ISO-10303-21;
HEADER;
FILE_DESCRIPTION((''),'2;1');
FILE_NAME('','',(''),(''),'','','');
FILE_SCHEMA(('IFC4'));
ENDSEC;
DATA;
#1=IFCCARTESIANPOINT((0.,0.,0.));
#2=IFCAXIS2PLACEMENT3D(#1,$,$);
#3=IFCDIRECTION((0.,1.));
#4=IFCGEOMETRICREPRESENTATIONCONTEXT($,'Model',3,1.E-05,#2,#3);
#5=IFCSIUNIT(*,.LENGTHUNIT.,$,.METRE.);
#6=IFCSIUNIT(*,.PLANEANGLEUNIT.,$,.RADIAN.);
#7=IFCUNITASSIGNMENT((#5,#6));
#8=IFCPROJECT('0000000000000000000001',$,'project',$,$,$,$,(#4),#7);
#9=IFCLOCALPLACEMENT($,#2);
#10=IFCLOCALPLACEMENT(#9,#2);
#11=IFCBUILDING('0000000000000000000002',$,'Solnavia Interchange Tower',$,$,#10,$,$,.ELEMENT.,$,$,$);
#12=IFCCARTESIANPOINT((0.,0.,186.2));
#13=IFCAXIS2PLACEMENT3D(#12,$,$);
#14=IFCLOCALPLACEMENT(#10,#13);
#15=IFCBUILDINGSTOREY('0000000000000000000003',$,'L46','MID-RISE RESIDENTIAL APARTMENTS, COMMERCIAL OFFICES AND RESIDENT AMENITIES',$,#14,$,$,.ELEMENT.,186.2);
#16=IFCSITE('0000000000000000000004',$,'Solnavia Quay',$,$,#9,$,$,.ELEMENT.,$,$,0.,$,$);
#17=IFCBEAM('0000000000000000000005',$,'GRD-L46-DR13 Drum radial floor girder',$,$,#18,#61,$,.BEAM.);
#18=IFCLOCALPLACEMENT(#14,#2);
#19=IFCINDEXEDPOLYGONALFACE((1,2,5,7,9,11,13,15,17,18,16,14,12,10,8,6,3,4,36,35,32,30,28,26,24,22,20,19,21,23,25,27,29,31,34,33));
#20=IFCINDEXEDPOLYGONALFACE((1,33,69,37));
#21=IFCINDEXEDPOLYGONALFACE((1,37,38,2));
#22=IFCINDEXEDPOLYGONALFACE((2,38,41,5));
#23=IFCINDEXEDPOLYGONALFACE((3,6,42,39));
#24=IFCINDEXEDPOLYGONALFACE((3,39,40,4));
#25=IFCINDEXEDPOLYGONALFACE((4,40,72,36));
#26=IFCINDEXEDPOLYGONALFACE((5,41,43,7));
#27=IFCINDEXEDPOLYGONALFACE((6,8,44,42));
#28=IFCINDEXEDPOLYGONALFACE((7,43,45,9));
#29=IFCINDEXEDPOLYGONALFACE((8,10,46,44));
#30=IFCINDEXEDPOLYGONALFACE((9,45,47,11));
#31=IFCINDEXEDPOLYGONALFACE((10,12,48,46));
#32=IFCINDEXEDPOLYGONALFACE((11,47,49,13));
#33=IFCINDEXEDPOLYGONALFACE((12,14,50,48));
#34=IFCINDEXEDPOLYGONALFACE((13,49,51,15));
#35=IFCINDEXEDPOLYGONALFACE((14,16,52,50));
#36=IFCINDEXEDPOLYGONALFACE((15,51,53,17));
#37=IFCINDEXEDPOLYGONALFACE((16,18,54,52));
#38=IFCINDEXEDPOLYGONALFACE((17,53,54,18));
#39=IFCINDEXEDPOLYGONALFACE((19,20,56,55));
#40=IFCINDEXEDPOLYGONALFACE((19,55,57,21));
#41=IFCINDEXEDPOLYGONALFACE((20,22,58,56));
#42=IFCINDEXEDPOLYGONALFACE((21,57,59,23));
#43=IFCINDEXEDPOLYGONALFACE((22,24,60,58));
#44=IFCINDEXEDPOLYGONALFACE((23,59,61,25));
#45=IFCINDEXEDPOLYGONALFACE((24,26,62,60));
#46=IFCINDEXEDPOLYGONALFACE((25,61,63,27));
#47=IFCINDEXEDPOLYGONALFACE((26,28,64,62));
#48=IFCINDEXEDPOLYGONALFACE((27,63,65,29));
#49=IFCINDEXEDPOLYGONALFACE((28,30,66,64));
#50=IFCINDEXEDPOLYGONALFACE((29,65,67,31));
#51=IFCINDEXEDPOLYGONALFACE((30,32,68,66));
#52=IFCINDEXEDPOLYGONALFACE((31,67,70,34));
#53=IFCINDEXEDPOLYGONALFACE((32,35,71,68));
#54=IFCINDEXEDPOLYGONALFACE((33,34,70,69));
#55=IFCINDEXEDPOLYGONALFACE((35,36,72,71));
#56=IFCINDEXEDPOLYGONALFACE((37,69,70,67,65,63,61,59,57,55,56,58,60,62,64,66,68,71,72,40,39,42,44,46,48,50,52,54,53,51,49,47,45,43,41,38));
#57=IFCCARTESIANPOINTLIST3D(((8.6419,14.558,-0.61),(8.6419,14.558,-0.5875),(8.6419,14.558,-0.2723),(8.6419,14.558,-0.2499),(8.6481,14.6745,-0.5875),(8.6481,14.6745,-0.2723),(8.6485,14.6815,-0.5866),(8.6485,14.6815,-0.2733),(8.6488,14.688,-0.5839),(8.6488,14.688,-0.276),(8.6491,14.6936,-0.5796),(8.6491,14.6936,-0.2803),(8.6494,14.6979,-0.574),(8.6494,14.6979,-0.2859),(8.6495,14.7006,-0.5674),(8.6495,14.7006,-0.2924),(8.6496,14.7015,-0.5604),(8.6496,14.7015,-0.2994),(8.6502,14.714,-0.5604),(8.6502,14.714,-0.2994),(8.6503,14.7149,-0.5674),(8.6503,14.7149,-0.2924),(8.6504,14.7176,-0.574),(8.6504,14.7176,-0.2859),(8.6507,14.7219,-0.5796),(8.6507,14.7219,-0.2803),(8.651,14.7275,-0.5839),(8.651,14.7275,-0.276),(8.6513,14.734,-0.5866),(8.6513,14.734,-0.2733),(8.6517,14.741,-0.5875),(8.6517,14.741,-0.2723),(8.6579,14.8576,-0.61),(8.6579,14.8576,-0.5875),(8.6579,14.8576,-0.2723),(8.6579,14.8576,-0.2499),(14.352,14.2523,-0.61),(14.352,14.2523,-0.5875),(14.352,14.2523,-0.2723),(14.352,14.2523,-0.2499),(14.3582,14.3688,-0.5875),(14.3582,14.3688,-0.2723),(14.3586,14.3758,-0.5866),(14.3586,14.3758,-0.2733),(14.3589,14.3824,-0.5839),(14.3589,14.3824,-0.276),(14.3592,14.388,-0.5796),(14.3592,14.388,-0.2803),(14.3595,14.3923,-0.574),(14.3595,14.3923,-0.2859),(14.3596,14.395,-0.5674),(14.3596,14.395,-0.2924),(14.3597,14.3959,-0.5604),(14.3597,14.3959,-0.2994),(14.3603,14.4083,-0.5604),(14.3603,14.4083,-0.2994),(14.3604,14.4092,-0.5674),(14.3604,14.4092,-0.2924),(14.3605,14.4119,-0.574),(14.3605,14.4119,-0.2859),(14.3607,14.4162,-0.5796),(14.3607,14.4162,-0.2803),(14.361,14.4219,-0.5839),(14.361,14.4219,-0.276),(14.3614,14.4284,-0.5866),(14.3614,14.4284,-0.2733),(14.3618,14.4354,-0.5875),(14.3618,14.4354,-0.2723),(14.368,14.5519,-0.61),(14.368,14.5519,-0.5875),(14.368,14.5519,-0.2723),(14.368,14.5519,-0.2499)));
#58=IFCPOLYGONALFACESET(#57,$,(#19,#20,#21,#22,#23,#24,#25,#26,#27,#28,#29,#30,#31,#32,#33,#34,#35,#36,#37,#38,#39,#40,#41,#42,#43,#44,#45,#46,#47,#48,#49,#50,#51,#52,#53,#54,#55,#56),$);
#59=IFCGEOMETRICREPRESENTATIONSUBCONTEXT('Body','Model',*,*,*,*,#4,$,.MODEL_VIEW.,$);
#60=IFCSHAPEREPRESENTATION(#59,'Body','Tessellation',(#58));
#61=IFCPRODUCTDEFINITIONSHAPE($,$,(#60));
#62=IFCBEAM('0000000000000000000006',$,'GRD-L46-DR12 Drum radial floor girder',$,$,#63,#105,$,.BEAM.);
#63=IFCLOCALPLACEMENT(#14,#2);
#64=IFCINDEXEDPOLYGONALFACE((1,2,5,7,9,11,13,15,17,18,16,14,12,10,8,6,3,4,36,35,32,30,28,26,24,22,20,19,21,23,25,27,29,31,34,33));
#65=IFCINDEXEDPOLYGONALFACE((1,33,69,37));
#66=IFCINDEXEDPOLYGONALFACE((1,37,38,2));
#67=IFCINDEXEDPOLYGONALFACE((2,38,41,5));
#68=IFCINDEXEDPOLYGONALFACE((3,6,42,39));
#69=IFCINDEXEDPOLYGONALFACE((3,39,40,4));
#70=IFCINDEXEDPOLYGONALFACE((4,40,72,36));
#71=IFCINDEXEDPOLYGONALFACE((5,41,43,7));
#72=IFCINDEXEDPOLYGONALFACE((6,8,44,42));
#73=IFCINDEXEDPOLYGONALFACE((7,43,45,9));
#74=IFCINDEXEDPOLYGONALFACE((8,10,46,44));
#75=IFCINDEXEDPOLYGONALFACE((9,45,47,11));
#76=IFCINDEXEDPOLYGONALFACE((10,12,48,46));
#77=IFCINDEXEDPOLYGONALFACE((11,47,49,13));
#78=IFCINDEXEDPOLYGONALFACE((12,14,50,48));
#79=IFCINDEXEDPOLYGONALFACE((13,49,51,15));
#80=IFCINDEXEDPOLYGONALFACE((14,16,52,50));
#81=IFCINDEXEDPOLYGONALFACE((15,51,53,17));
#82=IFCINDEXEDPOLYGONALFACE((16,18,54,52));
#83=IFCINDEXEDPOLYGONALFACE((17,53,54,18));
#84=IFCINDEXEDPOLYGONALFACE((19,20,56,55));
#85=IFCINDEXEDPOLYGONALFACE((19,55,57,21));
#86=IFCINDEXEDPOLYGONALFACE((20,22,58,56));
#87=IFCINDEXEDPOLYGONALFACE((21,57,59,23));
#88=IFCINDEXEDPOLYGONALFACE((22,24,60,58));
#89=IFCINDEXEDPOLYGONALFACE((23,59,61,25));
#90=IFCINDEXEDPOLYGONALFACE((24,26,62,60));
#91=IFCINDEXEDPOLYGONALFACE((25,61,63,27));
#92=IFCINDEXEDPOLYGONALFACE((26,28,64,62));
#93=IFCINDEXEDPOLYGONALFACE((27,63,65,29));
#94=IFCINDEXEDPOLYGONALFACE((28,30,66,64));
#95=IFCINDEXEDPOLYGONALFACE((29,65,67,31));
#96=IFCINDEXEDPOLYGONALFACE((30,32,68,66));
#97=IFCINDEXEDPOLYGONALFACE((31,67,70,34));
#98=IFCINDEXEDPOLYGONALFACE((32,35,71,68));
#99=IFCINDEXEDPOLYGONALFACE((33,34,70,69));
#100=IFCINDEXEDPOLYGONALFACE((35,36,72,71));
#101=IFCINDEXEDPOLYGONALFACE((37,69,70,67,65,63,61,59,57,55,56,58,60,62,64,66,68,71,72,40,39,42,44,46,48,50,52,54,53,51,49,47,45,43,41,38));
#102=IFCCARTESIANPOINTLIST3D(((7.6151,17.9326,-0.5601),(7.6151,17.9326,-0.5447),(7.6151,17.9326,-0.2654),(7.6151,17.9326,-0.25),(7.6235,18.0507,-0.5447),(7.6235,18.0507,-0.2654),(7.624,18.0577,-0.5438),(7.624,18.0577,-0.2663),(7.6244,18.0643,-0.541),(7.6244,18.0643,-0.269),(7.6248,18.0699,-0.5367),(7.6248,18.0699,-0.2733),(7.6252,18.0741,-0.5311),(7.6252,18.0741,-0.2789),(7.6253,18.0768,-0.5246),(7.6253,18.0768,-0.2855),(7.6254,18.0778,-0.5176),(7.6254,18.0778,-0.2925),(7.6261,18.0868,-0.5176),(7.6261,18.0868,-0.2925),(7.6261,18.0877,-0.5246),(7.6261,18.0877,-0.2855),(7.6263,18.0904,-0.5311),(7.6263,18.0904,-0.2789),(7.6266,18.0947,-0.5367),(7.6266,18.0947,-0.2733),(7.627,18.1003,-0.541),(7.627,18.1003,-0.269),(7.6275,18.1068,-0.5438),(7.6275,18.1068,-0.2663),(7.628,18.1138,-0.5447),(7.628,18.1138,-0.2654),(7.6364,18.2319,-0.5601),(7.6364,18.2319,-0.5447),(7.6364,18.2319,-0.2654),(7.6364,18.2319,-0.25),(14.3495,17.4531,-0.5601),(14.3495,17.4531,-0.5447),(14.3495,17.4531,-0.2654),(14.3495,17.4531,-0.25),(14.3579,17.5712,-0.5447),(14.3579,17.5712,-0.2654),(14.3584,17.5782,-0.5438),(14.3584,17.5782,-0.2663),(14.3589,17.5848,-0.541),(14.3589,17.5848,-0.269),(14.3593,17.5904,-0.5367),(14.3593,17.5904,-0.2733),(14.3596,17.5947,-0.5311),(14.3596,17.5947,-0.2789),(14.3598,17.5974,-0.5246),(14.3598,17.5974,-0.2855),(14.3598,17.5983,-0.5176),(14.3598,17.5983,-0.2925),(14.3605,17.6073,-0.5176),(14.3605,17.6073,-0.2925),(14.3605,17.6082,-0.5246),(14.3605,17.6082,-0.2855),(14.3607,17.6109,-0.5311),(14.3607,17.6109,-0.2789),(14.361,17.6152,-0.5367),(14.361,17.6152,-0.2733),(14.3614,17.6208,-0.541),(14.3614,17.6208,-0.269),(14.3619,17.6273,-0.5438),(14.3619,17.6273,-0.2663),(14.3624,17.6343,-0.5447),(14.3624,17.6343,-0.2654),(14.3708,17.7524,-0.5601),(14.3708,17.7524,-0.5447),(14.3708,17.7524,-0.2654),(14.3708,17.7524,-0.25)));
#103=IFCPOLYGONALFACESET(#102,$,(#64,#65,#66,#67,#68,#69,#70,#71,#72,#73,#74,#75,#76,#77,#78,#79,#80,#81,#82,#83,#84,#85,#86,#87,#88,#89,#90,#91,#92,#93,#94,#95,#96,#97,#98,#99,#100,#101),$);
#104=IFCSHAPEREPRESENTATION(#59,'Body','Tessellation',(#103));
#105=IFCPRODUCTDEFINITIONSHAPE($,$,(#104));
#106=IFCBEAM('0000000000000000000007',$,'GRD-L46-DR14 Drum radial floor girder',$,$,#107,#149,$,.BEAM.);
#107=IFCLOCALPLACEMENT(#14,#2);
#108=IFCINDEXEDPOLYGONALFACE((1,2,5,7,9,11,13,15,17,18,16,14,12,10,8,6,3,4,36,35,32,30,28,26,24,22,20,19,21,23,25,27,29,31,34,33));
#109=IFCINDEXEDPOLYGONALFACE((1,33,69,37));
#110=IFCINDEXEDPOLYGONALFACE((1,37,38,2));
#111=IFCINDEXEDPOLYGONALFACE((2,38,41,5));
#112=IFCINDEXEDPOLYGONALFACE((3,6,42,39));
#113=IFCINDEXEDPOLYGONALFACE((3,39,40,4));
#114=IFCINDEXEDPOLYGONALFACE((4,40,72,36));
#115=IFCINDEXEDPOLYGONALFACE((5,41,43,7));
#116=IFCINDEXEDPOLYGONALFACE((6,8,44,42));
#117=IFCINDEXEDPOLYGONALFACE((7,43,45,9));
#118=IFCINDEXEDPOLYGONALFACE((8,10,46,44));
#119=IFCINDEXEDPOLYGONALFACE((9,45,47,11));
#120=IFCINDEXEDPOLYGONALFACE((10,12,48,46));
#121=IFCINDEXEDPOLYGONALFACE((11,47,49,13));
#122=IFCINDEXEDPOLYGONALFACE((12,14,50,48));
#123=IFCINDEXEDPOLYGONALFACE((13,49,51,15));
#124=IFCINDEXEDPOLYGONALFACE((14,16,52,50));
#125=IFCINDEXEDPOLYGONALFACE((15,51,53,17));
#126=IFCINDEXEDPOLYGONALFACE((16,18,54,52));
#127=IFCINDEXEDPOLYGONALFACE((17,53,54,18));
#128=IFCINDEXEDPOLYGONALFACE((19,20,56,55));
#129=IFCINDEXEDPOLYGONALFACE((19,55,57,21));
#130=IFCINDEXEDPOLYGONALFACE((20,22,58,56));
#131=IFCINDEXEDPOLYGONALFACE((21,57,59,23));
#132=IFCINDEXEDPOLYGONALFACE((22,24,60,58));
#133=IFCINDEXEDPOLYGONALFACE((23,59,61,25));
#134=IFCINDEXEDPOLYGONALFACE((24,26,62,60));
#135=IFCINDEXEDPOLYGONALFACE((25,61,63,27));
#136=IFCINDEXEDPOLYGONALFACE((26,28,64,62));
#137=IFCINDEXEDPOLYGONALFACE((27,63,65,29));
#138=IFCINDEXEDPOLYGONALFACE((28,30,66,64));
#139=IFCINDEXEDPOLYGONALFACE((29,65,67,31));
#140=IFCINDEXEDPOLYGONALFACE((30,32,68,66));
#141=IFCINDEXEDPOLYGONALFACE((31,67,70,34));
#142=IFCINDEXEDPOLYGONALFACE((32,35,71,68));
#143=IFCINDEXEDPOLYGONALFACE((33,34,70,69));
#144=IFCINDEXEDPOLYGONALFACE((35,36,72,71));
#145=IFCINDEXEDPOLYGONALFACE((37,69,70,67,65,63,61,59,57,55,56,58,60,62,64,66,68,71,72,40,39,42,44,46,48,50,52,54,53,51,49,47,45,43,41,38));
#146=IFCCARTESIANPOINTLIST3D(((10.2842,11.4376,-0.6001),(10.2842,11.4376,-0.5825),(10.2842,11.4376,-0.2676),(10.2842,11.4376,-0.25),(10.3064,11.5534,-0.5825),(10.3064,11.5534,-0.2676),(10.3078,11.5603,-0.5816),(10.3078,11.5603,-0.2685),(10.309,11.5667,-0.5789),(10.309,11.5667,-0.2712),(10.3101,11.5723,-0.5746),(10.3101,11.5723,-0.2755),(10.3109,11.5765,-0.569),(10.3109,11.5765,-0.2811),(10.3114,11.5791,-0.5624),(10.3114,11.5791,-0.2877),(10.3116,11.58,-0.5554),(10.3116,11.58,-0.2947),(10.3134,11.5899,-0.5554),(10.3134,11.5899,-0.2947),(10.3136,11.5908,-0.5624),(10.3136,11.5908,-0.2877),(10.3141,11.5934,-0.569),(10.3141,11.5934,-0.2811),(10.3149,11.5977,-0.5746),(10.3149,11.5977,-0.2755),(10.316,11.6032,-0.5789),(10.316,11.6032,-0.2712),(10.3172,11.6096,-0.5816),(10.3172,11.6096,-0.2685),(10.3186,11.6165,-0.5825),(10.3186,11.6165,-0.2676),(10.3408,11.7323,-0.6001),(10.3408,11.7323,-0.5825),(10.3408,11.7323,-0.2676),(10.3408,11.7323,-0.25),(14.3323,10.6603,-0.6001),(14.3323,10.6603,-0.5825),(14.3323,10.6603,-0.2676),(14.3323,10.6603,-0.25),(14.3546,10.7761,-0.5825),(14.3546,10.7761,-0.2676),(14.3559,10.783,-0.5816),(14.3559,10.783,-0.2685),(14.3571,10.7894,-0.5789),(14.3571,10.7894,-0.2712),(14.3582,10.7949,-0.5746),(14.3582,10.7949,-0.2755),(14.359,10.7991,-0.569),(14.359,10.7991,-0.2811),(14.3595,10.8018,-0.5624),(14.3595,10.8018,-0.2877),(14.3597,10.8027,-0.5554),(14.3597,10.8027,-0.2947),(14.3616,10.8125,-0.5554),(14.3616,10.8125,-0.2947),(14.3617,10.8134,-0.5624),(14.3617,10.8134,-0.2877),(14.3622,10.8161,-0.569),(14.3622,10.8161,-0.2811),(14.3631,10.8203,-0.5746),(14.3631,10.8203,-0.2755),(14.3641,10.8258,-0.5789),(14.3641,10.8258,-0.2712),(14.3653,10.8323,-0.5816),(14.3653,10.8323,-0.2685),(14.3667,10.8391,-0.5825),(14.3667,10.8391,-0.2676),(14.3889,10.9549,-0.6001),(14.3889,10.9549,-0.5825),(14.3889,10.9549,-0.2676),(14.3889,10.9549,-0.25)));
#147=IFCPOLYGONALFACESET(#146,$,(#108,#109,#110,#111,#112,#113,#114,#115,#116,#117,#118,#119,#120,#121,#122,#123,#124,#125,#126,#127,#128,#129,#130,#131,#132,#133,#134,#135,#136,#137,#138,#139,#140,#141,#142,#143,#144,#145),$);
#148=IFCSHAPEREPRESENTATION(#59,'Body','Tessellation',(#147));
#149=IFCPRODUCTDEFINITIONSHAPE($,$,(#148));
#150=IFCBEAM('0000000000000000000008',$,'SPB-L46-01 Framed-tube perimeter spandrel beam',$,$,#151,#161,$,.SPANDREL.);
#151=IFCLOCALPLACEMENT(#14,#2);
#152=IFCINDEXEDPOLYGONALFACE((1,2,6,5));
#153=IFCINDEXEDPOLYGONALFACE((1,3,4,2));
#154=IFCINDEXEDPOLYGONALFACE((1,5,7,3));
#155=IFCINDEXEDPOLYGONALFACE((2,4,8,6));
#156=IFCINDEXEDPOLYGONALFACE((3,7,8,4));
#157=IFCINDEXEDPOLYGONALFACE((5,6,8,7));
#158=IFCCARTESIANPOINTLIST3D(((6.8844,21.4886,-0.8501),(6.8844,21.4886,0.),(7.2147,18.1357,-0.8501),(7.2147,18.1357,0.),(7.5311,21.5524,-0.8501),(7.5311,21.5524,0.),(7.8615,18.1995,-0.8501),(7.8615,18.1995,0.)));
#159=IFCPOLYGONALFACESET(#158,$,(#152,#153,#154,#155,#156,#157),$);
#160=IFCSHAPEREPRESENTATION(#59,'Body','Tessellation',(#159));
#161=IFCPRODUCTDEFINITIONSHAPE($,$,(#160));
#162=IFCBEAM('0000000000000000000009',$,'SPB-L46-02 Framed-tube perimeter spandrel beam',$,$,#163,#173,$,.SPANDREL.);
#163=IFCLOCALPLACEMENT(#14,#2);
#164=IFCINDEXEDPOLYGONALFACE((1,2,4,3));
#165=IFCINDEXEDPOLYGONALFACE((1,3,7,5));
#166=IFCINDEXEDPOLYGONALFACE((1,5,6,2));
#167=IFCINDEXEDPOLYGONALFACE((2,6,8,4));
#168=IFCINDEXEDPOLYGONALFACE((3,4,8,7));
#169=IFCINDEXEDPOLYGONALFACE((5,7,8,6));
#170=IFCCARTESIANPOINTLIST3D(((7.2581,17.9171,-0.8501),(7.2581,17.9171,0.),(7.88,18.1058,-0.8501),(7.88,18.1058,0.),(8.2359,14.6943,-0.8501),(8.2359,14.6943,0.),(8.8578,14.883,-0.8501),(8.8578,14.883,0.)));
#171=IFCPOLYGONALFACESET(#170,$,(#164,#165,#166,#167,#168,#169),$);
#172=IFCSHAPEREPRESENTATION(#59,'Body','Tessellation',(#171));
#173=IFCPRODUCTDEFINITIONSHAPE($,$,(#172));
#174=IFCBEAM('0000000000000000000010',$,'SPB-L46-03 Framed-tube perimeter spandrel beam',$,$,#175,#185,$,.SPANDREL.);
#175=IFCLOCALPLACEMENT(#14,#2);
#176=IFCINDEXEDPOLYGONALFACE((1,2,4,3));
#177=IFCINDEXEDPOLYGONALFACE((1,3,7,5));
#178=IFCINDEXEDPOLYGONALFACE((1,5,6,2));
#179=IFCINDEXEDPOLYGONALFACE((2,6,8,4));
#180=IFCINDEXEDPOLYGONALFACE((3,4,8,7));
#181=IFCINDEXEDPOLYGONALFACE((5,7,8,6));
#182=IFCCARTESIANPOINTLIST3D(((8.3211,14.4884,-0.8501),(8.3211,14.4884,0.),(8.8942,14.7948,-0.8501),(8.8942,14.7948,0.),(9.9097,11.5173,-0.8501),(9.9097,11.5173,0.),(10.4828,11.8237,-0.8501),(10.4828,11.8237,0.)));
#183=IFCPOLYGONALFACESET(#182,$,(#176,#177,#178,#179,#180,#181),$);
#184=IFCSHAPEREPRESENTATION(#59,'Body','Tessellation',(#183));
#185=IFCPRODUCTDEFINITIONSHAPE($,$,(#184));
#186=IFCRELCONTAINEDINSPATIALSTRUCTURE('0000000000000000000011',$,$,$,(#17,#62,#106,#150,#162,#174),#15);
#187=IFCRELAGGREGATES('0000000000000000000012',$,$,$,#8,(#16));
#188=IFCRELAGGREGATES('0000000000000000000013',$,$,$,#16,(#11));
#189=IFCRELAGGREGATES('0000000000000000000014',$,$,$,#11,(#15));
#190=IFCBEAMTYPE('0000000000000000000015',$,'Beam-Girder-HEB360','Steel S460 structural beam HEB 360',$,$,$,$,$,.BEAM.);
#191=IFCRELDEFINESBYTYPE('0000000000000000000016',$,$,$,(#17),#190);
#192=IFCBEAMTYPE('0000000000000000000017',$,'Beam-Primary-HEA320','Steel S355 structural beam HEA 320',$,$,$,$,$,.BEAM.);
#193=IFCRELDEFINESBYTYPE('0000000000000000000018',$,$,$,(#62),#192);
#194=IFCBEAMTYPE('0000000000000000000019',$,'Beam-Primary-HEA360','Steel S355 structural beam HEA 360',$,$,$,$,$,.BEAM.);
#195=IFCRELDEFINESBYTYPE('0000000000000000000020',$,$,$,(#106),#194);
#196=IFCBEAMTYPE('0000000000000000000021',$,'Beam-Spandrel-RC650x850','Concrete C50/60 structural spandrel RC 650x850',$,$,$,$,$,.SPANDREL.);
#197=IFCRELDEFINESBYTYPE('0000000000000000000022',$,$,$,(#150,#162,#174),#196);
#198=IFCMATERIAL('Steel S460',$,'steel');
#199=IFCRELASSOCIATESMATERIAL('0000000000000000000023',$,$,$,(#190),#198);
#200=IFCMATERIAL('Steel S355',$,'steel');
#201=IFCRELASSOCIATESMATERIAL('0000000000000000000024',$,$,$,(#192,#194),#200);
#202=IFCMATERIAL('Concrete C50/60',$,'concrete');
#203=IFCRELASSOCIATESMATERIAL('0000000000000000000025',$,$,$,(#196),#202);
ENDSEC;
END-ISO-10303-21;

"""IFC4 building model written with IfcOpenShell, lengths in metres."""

from ifc_helpers import new_model, si_unit, direction, frame, origin, origin_2d, place, context, subcontext, project, spatial, rectangle, i_section, extrude, material, material_profile, profile_set, type_object, element, save


model = new_model("IFC4")

# Units and contexts
model_context = context("Model", 3, precision=1e-05, world=origin(), true_north=direction((0.0, 1.0)))
body_context = subcontext(model_context, "Body", "Model", "MODEL_VIEW")
ifc_project = project(units=[si_unit("LENGTHUNIT", "METRE"), si_unit("PLANEANGLEUNIT", "RADIAN")], contexts=[model_context])

# Site, building, storey
site_placement = place(None, origin())
site = spatial("IfcSite", under=ifc_project, at=site_placement, Name="Solnavia Quay", CompositionType="ELEMENT", RefElevation=0.0)
building_placement = place(site_placement, origin())
building = spatial("IfcBuilding", under=site, at=building_placement, Name="Solnavia Interchange Tower", CompositionType="ELEMENT")
storey_placement = place(building_placement, frame((0.0, 0.0, 186.2)))
storey = spatial("IfcBuildingStorey", under=building, at=storey_placement, Name="L46", Description="MID-RISE RESIDENTIAL APARTMENTS, COMMERCIAL OFFICES AND RESIDENT AMENITIES", CompositionType="ELEMENT", Elevation=186.2)

# Shared definitions
ifc_material_1 = material(Name="Concrete C50/60", Category="concrete")

# Beams
ifc_material_2 = material(Name="Steel S460", Category="steel")
ifc_material_profile_1 = material_profile(ifc_material_2, i_section(OverallWidth=0.3, OverallDepth=0.3601, WebThickness=0.0125, FlangeThickness=0.0225, FilletRadius=0.0271, at=origin_2d()), Name="HEB 360")
ifc_profile_set_1 = profile_set([ifc_material_profile_1], Name="Steel S460")
beam_type_1 = type_object("IfcBeamType", Name="Beam-Girder-HEB360", Description="Steel S460 structural beam HEB 360", PredefinedType="BEAM", material=ifc_profile_set_1)
beam_1_placement = place(storey_placement, frame((8.6499, 14.7078, -0.4299), z_axis=(0.99857, -0.053453, 0.0), x_axis=(0.053453, 0.99857, 0.0)))
element("IfcBeam", 1, at=beam_1_placement, inside=storey, type_object=beam_type_1, Name="GRD-L46-DR13 Drum radial floor girder", PredefinedType="BEAM", context=body_context, shape_type="SweptSolid", body=[
    extrude(i_section(OverallWidth=0.3, OverallDepth=0.3601, WebThickness=0.0125, FlangeThickness=0.0225, FilletRadius=0.0271, at=origin_2d()), origin(), (0.0, 0.0, 1.0), 5.7183),
])
ifc_material_3 = material(Name="Steel S355", Category="steel")
ifc_material_profile_2 = material_profile(ifc_material_3, i_section(OverallWidth=0.3, OverallDepth=0.3101, WebThickness=0.009, FlangeThickness=0.0154, FilletRadius=0.0271, at=origin_2d()), Name="HEA 320")
ifc_profile_set_2 = profile_set([ifc_material_profile_2], Name="Steel S355")
beam_type_2 = type_object("IfcBeamType", Name="Beam-Primary-HEA320", Description="Steel S355 structural beam HEA 320", PredefinedType="BEAM", material=ifc_profile_set_2)
beam_2_placement = place(storey_placement, frame((7.6257, 18.0823, -0.405), z_axis=(0.997475, -0.071021, 0.0), x_axis=(0.071021, 0.997475, 0.0)))
element("IfcBeam", 2, at=beam_2_placement, inside=storey, type_object=beam_type_2, Name="GRD-L46-DR12 Drum radial floor girder", PredefinedType="BEAM", context=body_context, shape_type="SweptSolid", body=[
    extrude(i_section(OverallWidth=0.3, OverallDepth=0.3101, WebThickness=0.009, FlangeThickness=0.0154, FilletRadius=0.0271, at=origin_2d()), origin(), (0.0, 0.0, 1.0), 6.7515),
])
ifc_material_profile_3 = material_profile(ifc_material_3, i_section(OverallWidth=0.3, OverallDepth=0.3501, WebThickness=0.01, FlangeThickness=0.0176, FilletRadius=0.0271, at=origin_2d()), Name="HEA 360")
ifc_profile_set_3 = profile_set([ifc_material_profile_3], Name="Steel S355")
beam_type_3 = type_object("IfcBeamType", Name="Beam-Primary-HEA360", Description="Steel S355 structural beam HEA 360", PredefinedType="BEAM", material=ifc_profile_set_3)
beam_3_placement = place(storey_placement, frame((10.3125, 11.585, -0.425), z_axis=(0.982058, -0.188582, 0.0), x_axis=(0.188582, 0.982058, 0.0)))
element("IfcBeam", 3, at=beam_3_placement, inside=storey, type_object=beam_type_3, Name="GRD-L46-DR14 Drum radial floor girder", PredefinedType="BEAM", context=body_context, shape_type="SweptSolid", body=[
    extrude(i_section(OverallWidth=0.3, OverallDepth=0.3501, WebThickness=0.01, FlangeThickness=0.0176, FilletRadius=0.0271, at=origin_2d()), origin(), (0.0, 0.0, 1.0), 4.1221),
])
ifc_material_profile_4 = material_profile(ifc_material_1, rectangle(XDim=0.6499, YDim=0.8501, at=origin_2d()), Name="RC 650x850")
ifc_profile_set_4 = profile_set([ifc_material_profile_4], Name="Concrete C50/60")
beam_type_4 = type_object("IfcBeamType", Name="Beam-Spandrel-RC650x850", Description="Concrete C50/60 structural spandrel RC 650x850", PredefinedType="SPANDREL", material=ifc_profile_set_4)
beam_4_placement = place(storey_placement, frame((7.2078, 21.5205, -0.425), z_axis=(0.09804, -0.995182, 0.0), x_axis=(0.995182, 0.09804, 0.0)))
element("IfcBeam", 4, at=beam_4_placement, inside=storey, type_object=beam_type_4, Name="SPB-L46-01 Framed-tube perimeter spandrel beam", PredefinedType="SPANDREL", context=body_context, shape_type="SweptSolid", body=[
    extrude(rectangle(XDim=0.6499, YDim=0.8501, at=origin_2d()), origin(), (0.0, 0.0, 1.0), 3.3691),
])
beam_5_placement = place(storey_placement, frame((7.5691, 18.0115, -0.425), z_axis=(0.290319, -0.95693, 0.0), x_axis=(0.95693, 0.290319, 0.0)))
element("IfcBeam", 5, at=beam_5_placement, inside=storey, type_object=beam_type_4, Name="SPB-L46-02 Framed-tube perimeter spandrel beam", PredefinedType="SPANDREL", context=body_context, shape_type="SweptSolid", body=[
    extrude(rectangle(XDim=0.6499, YDim=0.8501, at=origin_2d()), origin(), (0.0, 0.0, 1.0), 3.3679),
])
beam_6_placement = place(storey_placement, frame((8.6077, 14.6416, -0.425), z_axis=(0.471509, -0.881861, 0.0), x_axis=(0.881861, 0.471509, 0.0)))
element("IfcBeam", 6, at=beam_6_placement, inside=storey, type_object=beam_type_4, Name="SPB-L46-03 Framed-tube perimeter spandrel beam", PredefinedType="SPANDREL", context=body_context, shape_type="SweptSolid", body=[
    extrude(rectangle(XDim=0.6499, YDim=0.8501, at=origin_2d()), origin(), (0.0, 0.0, 1.0), 3.3691),
])

save(model, "model.ifc")
